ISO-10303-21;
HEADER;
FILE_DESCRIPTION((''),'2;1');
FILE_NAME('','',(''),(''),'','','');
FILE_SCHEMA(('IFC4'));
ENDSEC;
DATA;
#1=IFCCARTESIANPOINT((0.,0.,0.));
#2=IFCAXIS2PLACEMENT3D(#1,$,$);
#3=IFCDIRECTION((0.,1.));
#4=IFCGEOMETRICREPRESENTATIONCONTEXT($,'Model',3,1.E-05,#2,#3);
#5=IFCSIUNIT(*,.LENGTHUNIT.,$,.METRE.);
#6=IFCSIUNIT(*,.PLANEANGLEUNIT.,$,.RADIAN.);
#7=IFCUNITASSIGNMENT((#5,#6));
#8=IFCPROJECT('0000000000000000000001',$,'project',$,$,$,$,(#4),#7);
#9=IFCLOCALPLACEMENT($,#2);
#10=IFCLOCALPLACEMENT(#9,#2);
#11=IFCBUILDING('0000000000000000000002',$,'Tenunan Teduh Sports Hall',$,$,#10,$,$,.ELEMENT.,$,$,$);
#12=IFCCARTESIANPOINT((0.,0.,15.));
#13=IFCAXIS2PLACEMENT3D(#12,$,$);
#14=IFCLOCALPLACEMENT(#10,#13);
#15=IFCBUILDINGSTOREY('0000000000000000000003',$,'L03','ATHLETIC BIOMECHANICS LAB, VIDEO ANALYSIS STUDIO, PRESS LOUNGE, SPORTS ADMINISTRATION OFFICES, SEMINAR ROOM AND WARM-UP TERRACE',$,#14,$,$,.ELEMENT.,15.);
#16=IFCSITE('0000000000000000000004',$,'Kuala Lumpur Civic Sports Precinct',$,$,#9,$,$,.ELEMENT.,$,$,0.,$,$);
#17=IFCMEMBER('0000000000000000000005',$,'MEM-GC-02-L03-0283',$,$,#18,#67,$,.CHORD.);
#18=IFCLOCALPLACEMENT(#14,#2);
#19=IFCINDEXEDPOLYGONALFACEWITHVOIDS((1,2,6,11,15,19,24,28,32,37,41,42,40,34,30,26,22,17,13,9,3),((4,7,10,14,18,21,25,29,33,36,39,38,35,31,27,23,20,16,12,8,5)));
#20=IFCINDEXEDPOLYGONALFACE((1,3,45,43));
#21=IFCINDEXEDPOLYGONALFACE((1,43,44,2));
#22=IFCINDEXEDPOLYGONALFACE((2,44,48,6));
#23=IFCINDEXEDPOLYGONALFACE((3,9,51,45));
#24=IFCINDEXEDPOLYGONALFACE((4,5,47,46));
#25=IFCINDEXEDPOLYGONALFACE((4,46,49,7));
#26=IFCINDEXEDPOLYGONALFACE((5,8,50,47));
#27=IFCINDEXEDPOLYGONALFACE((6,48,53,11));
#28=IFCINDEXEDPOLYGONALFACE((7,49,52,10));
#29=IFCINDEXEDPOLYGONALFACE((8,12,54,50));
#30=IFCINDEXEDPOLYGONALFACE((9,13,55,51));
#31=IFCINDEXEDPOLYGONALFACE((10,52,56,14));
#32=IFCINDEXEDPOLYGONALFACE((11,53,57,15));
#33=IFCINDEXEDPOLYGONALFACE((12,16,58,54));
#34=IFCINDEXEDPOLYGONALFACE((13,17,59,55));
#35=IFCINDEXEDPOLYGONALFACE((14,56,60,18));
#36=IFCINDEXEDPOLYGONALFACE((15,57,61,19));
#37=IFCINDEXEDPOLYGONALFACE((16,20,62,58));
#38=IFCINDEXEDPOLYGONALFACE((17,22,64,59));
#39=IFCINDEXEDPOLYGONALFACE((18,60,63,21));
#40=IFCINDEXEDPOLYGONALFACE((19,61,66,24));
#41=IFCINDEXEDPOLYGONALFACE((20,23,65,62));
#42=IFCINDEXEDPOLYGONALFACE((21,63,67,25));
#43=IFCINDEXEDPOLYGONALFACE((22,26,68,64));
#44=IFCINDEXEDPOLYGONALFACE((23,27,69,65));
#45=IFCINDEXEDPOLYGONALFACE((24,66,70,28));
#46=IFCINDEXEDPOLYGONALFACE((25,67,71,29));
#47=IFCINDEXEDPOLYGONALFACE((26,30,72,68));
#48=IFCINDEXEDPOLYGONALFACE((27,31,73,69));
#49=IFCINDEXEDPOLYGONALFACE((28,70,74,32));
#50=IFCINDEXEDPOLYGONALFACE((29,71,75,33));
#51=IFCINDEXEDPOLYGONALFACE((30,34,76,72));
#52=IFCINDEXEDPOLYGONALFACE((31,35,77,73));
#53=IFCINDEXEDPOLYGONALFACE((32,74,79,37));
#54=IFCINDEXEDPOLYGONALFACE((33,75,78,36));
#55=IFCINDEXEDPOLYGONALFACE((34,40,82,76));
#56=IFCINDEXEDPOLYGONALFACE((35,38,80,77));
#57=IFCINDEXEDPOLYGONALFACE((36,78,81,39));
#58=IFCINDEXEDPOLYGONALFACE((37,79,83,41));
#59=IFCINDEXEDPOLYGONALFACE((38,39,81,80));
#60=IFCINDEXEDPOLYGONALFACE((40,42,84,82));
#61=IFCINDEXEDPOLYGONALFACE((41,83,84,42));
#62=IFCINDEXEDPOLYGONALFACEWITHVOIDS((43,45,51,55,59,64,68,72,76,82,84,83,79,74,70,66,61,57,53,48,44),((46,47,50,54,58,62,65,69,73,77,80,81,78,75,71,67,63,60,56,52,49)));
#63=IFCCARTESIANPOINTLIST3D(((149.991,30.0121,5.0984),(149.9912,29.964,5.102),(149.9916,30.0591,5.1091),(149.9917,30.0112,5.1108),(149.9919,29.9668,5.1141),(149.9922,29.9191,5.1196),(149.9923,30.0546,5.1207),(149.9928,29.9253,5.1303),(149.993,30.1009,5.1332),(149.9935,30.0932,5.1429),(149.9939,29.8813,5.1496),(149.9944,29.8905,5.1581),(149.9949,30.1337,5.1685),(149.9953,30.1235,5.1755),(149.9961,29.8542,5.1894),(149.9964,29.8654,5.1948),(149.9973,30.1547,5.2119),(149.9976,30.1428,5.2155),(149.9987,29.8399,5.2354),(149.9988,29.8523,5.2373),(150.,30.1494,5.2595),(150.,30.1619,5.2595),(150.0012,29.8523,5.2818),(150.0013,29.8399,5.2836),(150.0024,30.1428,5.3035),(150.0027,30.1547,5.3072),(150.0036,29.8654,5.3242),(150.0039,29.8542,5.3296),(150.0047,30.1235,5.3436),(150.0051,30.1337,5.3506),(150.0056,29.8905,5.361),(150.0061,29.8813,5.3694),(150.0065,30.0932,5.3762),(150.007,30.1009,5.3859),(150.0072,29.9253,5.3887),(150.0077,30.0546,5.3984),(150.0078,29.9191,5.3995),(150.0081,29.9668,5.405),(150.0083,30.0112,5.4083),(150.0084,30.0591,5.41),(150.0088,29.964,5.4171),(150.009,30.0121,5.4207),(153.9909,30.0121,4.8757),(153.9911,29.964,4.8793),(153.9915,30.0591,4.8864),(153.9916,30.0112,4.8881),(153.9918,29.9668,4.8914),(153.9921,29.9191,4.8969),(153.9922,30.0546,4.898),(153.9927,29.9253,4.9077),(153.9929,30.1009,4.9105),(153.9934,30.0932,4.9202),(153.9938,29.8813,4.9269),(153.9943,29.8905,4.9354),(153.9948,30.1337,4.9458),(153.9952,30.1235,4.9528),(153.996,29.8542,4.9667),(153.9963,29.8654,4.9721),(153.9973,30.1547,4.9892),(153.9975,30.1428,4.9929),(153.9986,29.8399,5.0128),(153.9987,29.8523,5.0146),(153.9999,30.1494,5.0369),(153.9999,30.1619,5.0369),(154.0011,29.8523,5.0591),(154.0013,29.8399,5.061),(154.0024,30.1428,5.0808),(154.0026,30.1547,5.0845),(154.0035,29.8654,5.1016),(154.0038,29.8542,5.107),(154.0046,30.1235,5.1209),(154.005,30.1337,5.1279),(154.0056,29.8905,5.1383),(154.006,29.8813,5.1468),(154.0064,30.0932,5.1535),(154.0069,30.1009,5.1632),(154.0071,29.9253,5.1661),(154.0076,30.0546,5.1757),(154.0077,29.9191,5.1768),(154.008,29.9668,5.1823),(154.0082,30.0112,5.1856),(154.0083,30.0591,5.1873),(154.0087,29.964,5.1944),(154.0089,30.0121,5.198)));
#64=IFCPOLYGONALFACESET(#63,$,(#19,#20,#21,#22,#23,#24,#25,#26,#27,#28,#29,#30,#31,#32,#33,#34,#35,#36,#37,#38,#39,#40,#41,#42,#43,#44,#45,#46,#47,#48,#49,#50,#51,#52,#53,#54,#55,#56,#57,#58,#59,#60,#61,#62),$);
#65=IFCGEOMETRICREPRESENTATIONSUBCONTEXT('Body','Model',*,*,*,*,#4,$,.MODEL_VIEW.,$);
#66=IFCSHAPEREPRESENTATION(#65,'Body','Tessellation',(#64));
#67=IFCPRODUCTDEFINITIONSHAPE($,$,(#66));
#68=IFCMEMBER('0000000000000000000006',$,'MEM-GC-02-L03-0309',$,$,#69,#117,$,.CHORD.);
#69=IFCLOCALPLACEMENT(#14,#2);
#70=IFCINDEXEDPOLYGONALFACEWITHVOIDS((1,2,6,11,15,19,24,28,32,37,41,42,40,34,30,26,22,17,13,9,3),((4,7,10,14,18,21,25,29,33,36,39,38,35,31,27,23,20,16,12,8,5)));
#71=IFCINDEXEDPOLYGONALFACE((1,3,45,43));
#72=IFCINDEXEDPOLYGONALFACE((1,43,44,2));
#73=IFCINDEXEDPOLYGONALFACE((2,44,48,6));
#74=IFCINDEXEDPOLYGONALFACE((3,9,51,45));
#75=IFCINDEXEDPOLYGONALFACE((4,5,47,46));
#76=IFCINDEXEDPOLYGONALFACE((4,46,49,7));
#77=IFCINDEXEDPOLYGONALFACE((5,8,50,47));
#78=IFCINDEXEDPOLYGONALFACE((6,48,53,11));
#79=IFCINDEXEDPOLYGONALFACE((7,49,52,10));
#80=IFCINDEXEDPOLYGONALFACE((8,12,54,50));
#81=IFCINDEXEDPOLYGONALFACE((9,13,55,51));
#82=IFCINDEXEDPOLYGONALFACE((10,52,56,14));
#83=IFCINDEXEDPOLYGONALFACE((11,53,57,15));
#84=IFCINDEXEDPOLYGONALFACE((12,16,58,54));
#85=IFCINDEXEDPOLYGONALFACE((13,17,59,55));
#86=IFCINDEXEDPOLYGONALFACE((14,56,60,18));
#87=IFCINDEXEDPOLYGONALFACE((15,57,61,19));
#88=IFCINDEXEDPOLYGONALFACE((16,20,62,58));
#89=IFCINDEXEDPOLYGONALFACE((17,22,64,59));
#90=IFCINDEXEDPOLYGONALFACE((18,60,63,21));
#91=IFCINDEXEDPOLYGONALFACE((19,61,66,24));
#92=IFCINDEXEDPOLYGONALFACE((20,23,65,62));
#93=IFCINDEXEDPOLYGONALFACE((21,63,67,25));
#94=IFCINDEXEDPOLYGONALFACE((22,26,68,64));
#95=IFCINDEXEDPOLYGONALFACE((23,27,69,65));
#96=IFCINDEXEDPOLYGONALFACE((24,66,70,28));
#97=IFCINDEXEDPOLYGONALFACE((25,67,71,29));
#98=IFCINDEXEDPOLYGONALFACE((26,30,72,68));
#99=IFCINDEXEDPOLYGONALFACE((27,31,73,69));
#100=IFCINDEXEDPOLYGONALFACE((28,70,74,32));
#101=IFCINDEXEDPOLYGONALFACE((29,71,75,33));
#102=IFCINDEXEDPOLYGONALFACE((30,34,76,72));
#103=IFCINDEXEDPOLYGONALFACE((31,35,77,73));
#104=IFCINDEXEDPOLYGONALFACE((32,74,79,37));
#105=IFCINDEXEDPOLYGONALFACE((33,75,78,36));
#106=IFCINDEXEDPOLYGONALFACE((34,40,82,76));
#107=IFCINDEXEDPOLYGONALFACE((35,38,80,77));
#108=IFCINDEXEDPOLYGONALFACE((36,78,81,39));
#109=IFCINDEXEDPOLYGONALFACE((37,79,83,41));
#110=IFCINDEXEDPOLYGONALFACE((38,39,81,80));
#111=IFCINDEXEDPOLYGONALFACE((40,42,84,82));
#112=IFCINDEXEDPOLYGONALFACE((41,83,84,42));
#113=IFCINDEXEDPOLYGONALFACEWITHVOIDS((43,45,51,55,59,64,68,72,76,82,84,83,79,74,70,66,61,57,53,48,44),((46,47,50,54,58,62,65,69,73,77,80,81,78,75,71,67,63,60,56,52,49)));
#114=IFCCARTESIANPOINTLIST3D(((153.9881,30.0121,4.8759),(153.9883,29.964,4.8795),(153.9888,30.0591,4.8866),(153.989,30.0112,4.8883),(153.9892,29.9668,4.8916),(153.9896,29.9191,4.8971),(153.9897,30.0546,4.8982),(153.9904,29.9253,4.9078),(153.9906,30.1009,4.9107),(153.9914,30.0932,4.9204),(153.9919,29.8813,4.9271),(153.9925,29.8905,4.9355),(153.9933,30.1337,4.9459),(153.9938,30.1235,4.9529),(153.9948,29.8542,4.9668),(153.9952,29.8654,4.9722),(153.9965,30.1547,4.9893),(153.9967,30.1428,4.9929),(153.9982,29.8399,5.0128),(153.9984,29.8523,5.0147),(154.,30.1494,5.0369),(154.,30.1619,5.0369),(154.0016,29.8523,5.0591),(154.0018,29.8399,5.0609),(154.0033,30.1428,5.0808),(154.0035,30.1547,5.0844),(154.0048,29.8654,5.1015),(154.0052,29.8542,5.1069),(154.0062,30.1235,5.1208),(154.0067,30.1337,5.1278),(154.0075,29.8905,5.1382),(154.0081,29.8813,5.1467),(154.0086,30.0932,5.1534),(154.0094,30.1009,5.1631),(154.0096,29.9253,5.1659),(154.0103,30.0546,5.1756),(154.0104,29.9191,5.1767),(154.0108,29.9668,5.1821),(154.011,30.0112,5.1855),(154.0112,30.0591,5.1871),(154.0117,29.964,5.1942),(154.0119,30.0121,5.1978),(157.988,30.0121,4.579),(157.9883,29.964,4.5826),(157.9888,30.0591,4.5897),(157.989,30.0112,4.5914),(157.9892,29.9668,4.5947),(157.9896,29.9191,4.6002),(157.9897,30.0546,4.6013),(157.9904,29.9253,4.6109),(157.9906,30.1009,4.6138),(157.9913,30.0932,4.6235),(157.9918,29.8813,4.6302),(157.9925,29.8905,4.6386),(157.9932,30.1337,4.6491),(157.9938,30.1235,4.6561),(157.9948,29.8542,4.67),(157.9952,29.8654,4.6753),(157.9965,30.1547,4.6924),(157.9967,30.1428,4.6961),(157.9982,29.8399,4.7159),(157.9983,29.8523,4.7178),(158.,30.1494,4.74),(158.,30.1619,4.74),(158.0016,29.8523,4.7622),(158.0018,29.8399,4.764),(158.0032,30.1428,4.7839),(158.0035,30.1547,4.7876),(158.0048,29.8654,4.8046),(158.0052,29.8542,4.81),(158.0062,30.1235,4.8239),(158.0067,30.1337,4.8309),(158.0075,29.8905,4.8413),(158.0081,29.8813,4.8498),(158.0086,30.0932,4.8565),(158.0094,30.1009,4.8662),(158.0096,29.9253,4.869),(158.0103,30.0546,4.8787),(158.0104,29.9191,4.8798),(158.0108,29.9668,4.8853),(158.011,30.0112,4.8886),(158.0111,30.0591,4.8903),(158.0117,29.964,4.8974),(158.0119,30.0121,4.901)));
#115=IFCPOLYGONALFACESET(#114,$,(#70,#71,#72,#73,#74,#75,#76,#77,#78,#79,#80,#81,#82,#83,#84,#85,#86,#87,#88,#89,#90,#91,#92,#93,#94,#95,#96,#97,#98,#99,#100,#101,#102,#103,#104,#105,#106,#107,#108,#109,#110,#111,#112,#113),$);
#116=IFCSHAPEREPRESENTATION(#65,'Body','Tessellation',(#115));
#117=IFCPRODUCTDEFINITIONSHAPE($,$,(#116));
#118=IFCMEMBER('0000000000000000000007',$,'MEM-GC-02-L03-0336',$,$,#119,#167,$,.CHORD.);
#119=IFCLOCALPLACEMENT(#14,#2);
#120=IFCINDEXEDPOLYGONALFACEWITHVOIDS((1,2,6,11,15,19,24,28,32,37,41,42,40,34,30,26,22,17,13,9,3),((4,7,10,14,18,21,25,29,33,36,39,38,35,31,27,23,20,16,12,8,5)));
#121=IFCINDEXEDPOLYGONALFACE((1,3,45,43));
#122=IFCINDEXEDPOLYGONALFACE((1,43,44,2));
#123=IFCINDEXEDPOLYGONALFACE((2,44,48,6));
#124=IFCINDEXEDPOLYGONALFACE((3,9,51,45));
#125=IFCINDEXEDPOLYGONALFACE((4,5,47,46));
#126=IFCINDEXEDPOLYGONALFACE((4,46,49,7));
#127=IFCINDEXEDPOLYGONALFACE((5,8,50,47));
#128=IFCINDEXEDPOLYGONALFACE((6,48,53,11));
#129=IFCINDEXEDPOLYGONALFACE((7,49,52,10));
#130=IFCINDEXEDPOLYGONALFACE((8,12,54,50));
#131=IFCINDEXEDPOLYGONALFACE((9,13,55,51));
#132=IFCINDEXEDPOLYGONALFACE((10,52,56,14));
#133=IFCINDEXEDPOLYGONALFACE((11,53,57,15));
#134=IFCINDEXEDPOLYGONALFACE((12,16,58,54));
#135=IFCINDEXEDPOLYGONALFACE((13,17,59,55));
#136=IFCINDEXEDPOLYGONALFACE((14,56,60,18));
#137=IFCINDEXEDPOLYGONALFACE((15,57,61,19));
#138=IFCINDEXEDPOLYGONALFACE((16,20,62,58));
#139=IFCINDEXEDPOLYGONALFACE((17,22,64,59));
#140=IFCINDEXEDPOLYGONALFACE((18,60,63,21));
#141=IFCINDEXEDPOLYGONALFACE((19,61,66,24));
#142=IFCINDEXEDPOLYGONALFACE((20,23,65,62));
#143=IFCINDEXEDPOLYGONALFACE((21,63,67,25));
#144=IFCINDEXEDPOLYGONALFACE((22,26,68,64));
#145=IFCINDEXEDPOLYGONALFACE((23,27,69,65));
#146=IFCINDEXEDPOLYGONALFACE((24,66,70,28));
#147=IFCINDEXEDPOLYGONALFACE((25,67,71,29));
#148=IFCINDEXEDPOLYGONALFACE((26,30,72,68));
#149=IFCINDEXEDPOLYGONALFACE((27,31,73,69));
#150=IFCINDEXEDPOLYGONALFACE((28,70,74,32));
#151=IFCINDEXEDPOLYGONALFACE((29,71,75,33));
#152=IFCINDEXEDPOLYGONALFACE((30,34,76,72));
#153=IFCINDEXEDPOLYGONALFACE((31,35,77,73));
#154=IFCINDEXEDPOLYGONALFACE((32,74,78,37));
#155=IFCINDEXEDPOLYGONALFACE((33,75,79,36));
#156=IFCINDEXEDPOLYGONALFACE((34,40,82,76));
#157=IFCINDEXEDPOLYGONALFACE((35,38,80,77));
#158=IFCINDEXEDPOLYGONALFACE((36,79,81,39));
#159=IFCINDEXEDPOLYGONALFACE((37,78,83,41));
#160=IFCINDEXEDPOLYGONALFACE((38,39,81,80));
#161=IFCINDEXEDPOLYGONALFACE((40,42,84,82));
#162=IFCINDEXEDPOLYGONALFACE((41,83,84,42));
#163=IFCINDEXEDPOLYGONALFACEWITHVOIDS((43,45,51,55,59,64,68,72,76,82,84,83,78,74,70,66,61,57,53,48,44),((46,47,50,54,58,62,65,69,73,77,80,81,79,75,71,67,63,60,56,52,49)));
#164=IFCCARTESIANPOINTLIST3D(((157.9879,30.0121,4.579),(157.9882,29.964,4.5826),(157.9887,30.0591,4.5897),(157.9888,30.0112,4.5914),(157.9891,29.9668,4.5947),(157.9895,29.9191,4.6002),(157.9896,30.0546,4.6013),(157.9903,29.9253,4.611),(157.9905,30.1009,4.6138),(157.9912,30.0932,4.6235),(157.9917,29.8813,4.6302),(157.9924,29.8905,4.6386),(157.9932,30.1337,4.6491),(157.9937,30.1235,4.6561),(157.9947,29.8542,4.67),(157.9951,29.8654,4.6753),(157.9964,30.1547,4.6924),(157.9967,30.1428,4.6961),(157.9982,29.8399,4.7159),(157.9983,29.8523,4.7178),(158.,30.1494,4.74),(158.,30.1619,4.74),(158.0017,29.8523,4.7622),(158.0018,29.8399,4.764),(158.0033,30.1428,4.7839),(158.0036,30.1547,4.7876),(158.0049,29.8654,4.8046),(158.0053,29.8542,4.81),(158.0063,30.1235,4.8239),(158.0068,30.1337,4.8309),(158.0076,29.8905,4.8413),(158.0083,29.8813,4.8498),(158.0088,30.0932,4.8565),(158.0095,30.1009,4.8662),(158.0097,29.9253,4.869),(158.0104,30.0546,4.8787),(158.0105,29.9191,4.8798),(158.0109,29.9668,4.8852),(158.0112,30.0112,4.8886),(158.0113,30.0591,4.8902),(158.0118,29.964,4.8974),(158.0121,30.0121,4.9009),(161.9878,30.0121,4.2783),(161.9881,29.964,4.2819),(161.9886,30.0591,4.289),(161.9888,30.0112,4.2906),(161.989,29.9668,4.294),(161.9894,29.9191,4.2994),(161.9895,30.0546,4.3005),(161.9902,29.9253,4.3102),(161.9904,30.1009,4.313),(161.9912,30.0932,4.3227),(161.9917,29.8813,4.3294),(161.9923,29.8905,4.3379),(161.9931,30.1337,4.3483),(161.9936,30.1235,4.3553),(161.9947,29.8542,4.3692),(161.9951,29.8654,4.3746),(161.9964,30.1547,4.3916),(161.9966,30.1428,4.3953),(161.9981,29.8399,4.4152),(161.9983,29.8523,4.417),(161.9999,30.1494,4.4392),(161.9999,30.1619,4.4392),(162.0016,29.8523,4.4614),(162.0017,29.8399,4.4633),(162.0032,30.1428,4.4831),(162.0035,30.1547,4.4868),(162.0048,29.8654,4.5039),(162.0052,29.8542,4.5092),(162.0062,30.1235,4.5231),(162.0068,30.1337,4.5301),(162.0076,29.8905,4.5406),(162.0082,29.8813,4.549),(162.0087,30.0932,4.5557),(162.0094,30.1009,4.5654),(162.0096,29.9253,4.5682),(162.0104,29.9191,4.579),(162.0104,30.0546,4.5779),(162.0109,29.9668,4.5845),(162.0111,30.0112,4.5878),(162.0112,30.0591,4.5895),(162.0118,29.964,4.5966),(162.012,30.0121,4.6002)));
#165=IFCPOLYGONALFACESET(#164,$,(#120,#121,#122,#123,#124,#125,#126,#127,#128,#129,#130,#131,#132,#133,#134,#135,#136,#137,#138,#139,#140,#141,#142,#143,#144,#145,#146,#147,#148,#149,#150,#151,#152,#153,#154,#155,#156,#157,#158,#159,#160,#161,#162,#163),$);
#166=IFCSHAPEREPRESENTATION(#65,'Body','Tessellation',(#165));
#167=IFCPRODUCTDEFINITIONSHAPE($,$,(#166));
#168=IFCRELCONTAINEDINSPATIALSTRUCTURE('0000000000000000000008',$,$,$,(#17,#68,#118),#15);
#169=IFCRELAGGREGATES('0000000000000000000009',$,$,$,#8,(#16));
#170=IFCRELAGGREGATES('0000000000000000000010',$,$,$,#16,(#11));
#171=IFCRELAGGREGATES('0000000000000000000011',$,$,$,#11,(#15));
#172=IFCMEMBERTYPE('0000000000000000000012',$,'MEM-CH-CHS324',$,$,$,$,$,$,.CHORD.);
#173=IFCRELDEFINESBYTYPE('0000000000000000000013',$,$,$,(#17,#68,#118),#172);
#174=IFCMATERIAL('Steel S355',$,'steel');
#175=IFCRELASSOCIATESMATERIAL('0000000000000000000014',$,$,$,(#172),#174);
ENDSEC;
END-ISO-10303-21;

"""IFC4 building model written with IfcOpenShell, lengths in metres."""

from ifc_helpers import new_model, si_unit, direction, frame, origin, origin_2d, place, context, subcontext, project, spatial, hollow_circle, extrude, material, material_profile, profile_set, type_object, element, save


model = new_model("IFC4")

# Units and contexts
model_context = context("Model", 3, precision=1e-05, world=origin(), true_north=direction((0.0, 1.0)))
body_context = subcontext(model_context, "Body", "Model", "MODEL_VIEW")
ifc_project = project(units=[si_unit("LENGTHUNIT", "METRE"), si_unit("PLANEANGLEUNIT", "RADIAN")], contexts=[model_context])

# Site, building, storey
site_placement = place(None, origin())
site = spatial("IfcSite", under=ifc_project, at=site_placement, Name="Kuala Lumpur Civic Sports Precinct", CompositionType="ELEMENT", RefElevation=0.0)
building_placement = place(site_placement, origin())
building = spatial("IfcBuilding", under=site, at=building_placement, Name="Tenunan Teduh Sports Hall", CompositionType="ELEMENT")
storey_placement = place(building_placement, frame((0.0, 0.0, 15.0)))
storey = spatial("IfcBuildingStorey", under=building, at=storey_placement, Name="L03", Description="ATHLETIC BIOMECHANICS LAB, VIDEO ANALYSIS STUDIO, PRESS LOUNGE, SPORTS ADMINISTRATION OFFICES, SEMINAR ROOM AND WARM-UP TERRACE", CompositionType="ELEMENT", Elevation=15.0)

# Members
ifc_material_1 = material(Name="Steel S355", Category="steel")
ifc_material_profile_1 = material_profile(ifc_material_1, hollow_circle(Radius=0.1619, WallThickness=0.0125, at=origin_2d()), Name="CHS 323.9x12.5")
ifc_profile_set_1 = profile_set([ifc_material_profile_1], Name="Steel S355")
member_type_1 = type_object("IfcMemberType", Name="MEM-CH-CHS324", PredefinedType="CHORD", material=ifc_profile_set_1)
member_1_placement = place(storey_placement, frame((150.0, 30.0, 5.2595), z_axis=(0.998454, 0.0, -0.055578), x_axis=(0.0, 1.0, 0.0)))
element("IfcMember", 1, at=member_1_placement, inside=storey, type_object=member_type_1, Name="MEM-GC-02-L03-0283", PredefinedType="CHORD", context=body_context, shape_type="SweptSolid", body=[
    extrude(hollow_circle(Radius=0.1619, WallThickness=0.0125, at=origin_2d()), origin(), (0.0, 0.0, 1.0), 4.0061),
])
member_2_placement = place(storey_placement, frame((154.0, 30.0, 5.0369), z_axis=(0.997257, 0.0, -0.074015), x_axis=(0.0, 1.0, 0.0)))
element("IfcMember", 2, at=member_2_placement, inside=storey, type_object=member_type_1, Name="MEM-GC-02-L03-0309", PredefinedType="CHORD", context=body_context, shape_type="SweptSolid", body=[
    extrude(hollow_circle(Radius=0.1619, WallThickness=0.0125, at=origin_2d()), origin(), (0.0, 0.0, 1.0), 4.011),
])
member_3_placement = place(storey_placement, frame((158.0, 30.0, 4.74), z_axis=(0.997185, 0.0, -0.074984), x_axis=(0.0, 1.0, 0.0)))
element("IfcMember", 3, at=member_3_placement, inside=storey, type_object=member_type_1, Name="MEM-GC-02-L03-0336", PredefinedType="CHORD", context=body_context, shape_type="SweptSolid", body=[
    extrude(hollow_circle(Radius=0.1619, WallThickness=0.0125, at=origin_2d()), origin(), (0.0, 0.0, 1.0), 4.0112),
])

save(model, "model.ifc")
